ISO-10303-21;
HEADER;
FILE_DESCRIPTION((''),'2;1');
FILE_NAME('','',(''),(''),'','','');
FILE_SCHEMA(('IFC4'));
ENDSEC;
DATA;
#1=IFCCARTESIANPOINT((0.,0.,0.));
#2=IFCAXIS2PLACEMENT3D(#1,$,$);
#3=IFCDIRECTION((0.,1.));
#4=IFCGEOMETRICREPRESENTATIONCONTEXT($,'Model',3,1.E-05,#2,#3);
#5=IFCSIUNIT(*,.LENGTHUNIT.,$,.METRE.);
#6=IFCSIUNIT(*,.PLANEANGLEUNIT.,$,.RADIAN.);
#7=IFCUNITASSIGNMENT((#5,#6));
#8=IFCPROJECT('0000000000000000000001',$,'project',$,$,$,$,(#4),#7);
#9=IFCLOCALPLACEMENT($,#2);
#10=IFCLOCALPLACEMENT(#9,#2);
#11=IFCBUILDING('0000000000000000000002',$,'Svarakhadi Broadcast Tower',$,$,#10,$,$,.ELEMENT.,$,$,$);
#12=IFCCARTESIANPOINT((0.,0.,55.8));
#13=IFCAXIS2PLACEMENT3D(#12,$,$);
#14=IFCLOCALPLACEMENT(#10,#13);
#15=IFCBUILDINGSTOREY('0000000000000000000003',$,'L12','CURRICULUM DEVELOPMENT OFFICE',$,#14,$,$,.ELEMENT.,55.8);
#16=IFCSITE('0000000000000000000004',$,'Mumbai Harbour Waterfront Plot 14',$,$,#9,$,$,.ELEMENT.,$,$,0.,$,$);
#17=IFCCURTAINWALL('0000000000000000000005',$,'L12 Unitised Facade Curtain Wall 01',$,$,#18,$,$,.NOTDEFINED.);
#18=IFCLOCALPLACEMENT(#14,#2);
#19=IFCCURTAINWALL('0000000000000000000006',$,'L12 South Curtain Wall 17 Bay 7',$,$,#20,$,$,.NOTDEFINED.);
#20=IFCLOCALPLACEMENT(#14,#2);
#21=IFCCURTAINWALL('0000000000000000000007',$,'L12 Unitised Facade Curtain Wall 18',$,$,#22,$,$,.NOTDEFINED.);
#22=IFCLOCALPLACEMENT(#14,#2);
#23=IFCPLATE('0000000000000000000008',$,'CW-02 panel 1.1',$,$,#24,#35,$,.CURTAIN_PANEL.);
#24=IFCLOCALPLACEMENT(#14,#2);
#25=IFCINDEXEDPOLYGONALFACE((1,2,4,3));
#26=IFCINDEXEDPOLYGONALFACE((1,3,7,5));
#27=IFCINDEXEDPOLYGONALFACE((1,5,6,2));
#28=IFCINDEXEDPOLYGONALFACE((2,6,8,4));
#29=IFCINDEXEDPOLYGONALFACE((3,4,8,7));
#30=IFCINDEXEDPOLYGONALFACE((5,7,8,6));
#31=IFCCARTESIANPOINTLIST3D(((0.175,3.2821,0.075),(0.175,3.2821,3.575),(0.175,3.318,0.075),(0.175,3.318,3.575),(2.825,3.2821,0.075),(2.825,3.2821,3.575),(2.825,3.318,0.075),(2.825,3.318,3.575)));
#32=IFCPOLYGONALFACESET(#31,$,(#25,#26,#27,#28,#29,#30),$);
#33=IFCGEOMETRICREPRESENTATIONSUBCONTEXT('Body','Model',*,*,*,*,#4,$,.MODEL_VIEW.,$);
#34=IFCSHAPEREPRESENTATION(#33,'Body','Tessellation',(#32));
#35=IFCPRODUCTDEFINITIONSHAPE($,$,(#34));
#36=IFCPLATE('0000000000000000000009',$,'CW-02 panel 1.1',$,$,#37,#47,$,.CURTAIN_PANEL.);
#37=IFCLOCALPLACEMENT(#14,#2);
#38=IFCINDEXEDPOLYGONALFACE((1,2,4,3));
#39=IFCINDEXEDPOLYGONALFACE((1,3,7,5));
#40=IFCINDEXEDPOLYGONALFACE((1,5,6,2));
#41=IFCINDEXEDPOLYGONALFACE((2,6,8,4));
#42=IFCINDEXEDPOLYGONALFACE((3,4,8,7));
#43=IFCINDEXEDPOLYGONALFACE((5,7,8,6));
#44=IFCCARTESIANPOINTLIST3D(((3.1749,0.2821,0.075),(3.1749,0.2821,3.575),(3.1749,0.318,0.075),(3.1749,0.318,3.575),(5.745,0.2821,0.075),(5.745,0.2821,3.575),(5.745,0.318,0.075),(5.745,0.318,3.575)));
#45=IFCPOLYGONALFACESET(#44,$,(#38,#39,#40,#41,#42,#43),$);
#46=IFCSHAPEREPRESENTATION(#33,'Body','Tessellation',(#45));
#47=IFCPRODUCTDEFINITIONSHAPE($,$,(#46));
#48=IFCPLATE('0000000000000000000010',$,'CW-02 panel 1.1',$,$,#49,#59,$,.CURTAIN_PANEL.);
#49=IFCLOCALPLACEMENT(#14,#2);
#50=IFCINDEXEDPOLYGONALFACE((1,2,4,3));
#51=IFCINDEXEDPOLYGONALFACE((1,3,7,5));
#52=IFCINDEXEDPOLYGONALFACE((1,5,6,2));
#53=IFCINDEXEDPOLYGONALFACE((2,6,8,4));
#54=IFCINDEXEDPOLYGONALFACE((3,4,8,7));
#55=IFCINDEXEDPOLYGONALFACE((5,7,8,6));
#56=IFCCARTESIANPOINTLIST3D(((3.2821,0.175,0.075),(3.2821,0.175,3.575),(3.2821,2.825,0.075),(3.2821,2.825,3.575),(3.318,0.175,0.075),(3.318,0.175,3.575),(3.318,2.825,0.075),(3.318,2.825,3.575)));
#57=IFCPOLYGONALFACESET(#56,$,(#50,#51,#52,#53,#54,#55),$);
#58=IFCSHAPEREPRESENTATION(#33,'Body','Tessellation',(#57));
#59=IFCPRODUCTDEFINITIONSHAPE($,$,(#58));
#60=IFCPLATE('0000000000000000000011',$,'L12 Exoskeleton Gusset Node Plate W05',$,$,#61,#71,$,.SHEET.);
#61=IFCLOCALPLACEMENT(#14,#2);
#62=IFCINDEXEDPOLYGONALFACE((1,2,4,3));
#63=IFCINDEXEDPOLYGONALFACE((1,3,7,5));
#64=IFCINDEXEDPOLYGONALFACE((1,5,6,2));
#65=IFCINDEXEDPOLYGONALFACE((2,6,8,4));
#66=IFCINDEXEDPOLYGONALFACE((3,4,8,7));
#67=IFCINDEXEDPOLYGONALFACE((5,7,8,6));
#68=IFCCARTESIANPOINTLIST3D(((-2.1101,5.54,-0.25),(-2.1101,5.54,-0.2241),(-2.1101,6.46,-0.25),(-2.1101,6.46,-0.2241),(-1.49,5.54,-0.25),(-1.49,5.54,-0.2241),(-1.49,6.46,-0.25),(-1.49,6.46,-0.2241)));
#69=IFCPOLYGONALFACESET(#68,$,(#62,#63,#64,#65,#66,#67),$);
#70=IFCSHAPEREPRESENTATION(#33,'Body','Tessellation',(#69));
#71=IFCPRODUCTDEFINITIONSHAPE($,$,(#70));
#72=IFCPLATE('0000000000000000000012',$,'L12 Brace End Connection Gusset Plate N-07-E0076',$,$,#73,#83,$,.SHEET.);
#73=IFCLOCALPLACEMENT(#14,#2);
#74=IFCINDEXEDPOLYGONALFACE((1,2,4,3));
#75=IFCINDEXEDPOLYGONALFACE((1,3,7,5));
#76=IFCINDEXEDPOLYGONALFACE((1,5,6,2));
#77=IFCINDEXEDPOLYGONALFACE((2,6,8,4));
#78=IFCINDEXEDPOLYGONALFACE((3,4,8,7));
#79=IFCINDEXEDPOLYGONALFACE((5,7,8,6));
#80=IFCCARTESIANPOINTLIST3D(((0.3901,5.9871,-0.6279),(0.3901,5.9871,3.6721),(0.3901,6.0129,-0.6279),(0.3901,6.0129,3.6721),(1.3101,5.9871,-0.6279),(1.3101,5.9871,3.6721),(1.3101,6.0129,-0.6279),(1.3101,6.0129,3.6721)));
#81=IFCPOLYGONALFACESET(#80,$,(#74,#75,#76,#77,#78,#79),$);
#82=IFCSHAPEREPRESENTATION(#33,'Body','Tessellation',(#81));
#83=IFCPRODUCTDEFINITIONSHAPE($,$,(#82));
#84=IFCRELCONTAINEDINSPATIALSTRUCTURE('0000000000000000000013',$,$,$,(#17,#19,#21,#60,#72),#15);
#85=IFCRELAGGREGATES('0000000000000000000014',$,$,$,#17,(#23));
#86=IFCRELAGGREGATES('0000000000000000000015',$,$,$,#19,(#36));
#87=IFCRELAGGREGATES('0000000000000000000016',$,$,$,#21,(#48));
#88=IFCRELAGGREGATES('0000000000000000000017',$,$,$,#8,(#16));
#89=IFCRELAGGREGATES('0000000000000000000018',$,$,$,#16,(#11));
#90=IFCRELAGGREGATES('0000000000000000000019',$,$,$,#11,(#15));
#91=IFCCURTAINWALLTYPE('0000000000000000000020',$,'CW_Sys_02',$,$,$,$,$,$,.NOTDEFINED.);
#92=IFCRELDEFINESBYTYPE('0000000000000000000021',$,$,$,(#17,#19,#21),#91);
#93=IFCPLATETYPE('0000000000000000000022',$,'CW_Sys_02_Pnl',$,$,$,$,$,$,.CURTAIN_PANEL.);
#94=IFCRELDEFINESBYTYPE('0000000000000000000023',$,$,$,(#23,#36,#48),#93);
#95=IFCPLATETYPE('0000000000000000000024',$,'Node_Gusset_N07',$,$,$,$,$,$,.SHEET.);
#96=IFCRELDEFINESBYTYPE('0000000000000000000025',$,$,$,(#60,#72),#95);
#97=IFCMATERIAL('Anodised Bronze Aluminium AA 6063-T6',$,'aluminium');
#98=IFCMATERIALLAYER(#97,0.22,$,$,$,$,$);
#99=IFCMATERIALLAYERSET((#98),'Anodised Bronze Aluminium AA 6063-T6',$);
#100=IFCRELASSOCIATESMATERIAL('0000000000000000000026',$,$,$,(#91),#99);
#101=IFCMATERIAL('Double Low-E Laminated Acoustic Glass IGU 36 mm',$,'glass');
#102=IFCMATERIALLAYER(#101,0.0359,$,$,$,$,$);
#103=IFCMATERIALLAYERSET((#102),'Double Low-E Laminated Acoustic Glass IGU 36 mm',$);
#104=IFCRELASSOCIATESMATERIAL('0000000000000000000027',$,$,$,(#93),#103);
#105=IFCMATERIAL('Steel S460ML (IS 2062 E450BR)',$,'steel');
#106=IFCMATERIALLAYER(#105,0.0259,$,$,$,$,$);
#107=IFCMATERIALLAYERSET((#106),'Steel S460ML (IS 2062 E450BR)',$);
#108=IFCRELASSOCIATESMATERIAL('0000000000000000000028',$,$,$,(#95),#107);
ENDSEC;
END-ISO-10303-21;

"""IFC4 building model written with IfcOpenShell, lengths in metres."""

from ifc_helpers import new_model, si_unit, direction, frame, origin, origin_2d, place, context, subcontext, project, spatial, rectangle, extrude, material, layer, layer_set, type_object, element, aggregate, save


model = new_model("IFC4")

# Units and contexts
model_context = context("Model", 3, precision=1e-05, world=origin(), true_north=direction((0.0, 1.0)))
body_context = subcontext(model_context, "Body", "Model", "MODEL_VIEW")
ifc_project = project(units=[si_unit("LENGTHUNIT", "METRE"), si_unit("PLANEANGLEUNIT", "RADIAN")], contexts=[model_context])

# Site, building, storey
site_placement = place(None, origin())
site = spatial("IfcSite", under=ifc_project, at=site_placement, Name="Mumbai Harbour Waterfront Plot 14", CompositionType="ELEMENT", RefElevation=0.0)
building_placement = place(site_placement, origin())
building = spatial("IfcBuilding", under=site, at=building_placement, Name="Svarakhadi Broadcast Tower", CompositionType="ELEMENT")
storey_placement = place(building_placement, frame((0.0, 0.0, 55.8)))
storey = spatial("IfcBuildingStorey", under=building, at=storey_placement, Name="L12", Description="CURRICULUM DEVELOPMENT OFFICE", CompositionType="ELEMENT", Elevation=55.8)

# Shared definitions
ifc_material_1 = material(Name="Steel S460ML (IS 2062 E450BR)", Category="steel")

# Curtain wall
ifc_material_2 = material(Name="Anodised Bronze Aluminium AA 6063-T6", Category="aluminium")
ifc_layer_1 = layer(ifc_material_2, 0.22)
ifc_layer_set_1 = layer_set([ifc_layer_1], Name="Anodised Bronze Aluminium AA 6063-T6")
curtain_wall_type = type_object("IfcCurtainWallType", Name="CW_Sys_02", PredefinedType="NOTDEFINED", material=ifc_layer_set_1)
curtain_wall_1_placement = place(storey_placement, origin())
curtain_wall_1 = element("IfcCurtainWall", 1, at=curtain_wall_1_placement, inside=storey, type_object=curtain_wall_type, Name="L12 Unitised Facade Curtain Wall 01", PredefinedType="NOTDEFINED")

# Curtain wall
curtain_wall_2_placement = place(storey_placement, origin())
curtain_wall_2 = element("IfcCurtainWall", 2, at=curtain_wall_2_placement, inside=storey, type_object=curtain_wall_type, Name="L12 South Curtain Wall 17 Bay 7", PredefinedType="NOTDEFINED")

# Curtain wall
curtain_wall_3_placement = place(storey_placement, origin())
curtain_wall_3 = element("IfcCurtainWall", 3, at=curtain_wall_3_placement, inside=storey, type_object=curtain_wall_type, Name="L12 Unitised Facade Curtain Wall 18", PredefinedType="NOTDEFINED")

# Plates
ifc_material_3 = material(Name="Double Low-E Laminated Acoustic Glass IGU 36 mm", Category="glass")
ifc_layer_2 = layer(ifc_material_3, 0.0359)
ifc_layer_set_2 = layer_set([ifc_layer_2], Name="Double Low-E Laminated Acoustic Glass IGU 36 mm")
plate_type_1 = type_object("IfcPlateType", Name="CW_Sys_02_Pnl", PredefinedType="CURTAIN_PANEL", material=ifc_layer_set_2)
plate_1_placement = place(storey_placement, frame((1.5, 3.3, 0.075), z_axis=(0.0, 0.0, 1.0), x_axis=(-1.0, 0.0, 0.0)))
plate_1 = element("IfcPlate", 4, at=plate_1_placement, type_object=plate_type_1, Name="CW-02 panel 1.1", PredefinedType="CURTAIN_PANEL", context=body_context, shape_type="SweptSolid", body=[
    extrude(rectangle(XDim=2.6499, YDim=0.0359, at=origin_2d()), origin(), (0.0, 0.0, 1.0), 3.5),
])
aggregate(curtain_wall_1, [plate_1])
plate_2_placement = place(storey_placement, frame((4.46, 0.3, 0.075), z_axis=(0.0, 0.0, 1.0), x_axis=(-1.0, 0.0, 0.0)))
plate_2 = element("IfcPlate", 5, at=plate_2_placement, type_object=plate_type_1, Name="CW-02 panel 1.1", PredefinedType="CURTAIN_PANEL", context=body_context, shape_type="SweptSolid", body=[
    extrude(rectangle(XDim=2.5701, YDim=0.0359, at=origin_2d()), origin(), (0.0, 0.0, 1.0), 3.5),
])
aggregate(curtain_wall_2, [plate_2])
plate_3_placement = place(storey_placement, frame((3.3, 1.5, 0.075), z_axis=(0.0, 0.0, 1.0), x_axis=(0.0, 1.0, 0.0)))
plate_3 = element("IfcPlate", 6, at=plate_3_placement, type_object=plate_type_1, Name="CW-02 panel 1.1", PredefinedType="CURTAIN_PANEL", context=body_context, shape_type="SweptSolid", body=[
    extrude(rectangle(XDim=2.6499, YDim=0.0359, at=origin_2d()), origin(), (0.0, 0.0, 1.0), 3.5),
])
aggregate(curtain_wall_3, [plate_3])

# Plates
ifc_layer_3 = layer(ifc_material_1, 0.0259)
ifc_layer_set_3 = layer_set([ifc_layer_3], Name="Steel S460ML (IS 2062 E450BR)")
plate_type_2 = type_object("IfcPlateType", Name="Node_Gusset_N07", PredefinedType="SHEET", material=ifc_layer_set_3)
plate_4_placement = place(storey_placement, frame((-1.8, 6.0, -0.25), z_axis=(0.0, 0.0, 1.0), x_axis=(0.0, 1.0, 0.0)))
element("IfcPlate", 7, at=plate_4_placement, inside=storey, type_object=plate_type_2, Name="L12 Exoskeleton Gusset Node Plate W05", PredefinedType="SHEET", context=body_context, shape_type="SweptSolid", body=[
    extrude(rectangle(XDim=0.9199, YDim=0.6201, at=origin_2d()), origin(), (0.0, 0.0, 1.0), 0.0259),
])
plate_5_placement = place(storey_placement, frame((0.8501, 6.0, -0.6279), z_axis=(0.0, 0.0, 1.0), x_axis=(1.0, 0.0, 0.0)))
element("IfcPlate", 8, at=plate_5_placement, inside=storey, type_object=plate_type_2, Name="L12 Brace End Connection Gusset Plate N-07-E0076", PredefinedType="SHEET", context=body_context, shape_type="SweptSolid", body=[
    extrude(rectangle(XDim=0.9199, YDim=0.0259, at=origin_2d()), origin(), (0.0, 0.0, 1.0), 4.3),
])

save(model, "model.ifc")
